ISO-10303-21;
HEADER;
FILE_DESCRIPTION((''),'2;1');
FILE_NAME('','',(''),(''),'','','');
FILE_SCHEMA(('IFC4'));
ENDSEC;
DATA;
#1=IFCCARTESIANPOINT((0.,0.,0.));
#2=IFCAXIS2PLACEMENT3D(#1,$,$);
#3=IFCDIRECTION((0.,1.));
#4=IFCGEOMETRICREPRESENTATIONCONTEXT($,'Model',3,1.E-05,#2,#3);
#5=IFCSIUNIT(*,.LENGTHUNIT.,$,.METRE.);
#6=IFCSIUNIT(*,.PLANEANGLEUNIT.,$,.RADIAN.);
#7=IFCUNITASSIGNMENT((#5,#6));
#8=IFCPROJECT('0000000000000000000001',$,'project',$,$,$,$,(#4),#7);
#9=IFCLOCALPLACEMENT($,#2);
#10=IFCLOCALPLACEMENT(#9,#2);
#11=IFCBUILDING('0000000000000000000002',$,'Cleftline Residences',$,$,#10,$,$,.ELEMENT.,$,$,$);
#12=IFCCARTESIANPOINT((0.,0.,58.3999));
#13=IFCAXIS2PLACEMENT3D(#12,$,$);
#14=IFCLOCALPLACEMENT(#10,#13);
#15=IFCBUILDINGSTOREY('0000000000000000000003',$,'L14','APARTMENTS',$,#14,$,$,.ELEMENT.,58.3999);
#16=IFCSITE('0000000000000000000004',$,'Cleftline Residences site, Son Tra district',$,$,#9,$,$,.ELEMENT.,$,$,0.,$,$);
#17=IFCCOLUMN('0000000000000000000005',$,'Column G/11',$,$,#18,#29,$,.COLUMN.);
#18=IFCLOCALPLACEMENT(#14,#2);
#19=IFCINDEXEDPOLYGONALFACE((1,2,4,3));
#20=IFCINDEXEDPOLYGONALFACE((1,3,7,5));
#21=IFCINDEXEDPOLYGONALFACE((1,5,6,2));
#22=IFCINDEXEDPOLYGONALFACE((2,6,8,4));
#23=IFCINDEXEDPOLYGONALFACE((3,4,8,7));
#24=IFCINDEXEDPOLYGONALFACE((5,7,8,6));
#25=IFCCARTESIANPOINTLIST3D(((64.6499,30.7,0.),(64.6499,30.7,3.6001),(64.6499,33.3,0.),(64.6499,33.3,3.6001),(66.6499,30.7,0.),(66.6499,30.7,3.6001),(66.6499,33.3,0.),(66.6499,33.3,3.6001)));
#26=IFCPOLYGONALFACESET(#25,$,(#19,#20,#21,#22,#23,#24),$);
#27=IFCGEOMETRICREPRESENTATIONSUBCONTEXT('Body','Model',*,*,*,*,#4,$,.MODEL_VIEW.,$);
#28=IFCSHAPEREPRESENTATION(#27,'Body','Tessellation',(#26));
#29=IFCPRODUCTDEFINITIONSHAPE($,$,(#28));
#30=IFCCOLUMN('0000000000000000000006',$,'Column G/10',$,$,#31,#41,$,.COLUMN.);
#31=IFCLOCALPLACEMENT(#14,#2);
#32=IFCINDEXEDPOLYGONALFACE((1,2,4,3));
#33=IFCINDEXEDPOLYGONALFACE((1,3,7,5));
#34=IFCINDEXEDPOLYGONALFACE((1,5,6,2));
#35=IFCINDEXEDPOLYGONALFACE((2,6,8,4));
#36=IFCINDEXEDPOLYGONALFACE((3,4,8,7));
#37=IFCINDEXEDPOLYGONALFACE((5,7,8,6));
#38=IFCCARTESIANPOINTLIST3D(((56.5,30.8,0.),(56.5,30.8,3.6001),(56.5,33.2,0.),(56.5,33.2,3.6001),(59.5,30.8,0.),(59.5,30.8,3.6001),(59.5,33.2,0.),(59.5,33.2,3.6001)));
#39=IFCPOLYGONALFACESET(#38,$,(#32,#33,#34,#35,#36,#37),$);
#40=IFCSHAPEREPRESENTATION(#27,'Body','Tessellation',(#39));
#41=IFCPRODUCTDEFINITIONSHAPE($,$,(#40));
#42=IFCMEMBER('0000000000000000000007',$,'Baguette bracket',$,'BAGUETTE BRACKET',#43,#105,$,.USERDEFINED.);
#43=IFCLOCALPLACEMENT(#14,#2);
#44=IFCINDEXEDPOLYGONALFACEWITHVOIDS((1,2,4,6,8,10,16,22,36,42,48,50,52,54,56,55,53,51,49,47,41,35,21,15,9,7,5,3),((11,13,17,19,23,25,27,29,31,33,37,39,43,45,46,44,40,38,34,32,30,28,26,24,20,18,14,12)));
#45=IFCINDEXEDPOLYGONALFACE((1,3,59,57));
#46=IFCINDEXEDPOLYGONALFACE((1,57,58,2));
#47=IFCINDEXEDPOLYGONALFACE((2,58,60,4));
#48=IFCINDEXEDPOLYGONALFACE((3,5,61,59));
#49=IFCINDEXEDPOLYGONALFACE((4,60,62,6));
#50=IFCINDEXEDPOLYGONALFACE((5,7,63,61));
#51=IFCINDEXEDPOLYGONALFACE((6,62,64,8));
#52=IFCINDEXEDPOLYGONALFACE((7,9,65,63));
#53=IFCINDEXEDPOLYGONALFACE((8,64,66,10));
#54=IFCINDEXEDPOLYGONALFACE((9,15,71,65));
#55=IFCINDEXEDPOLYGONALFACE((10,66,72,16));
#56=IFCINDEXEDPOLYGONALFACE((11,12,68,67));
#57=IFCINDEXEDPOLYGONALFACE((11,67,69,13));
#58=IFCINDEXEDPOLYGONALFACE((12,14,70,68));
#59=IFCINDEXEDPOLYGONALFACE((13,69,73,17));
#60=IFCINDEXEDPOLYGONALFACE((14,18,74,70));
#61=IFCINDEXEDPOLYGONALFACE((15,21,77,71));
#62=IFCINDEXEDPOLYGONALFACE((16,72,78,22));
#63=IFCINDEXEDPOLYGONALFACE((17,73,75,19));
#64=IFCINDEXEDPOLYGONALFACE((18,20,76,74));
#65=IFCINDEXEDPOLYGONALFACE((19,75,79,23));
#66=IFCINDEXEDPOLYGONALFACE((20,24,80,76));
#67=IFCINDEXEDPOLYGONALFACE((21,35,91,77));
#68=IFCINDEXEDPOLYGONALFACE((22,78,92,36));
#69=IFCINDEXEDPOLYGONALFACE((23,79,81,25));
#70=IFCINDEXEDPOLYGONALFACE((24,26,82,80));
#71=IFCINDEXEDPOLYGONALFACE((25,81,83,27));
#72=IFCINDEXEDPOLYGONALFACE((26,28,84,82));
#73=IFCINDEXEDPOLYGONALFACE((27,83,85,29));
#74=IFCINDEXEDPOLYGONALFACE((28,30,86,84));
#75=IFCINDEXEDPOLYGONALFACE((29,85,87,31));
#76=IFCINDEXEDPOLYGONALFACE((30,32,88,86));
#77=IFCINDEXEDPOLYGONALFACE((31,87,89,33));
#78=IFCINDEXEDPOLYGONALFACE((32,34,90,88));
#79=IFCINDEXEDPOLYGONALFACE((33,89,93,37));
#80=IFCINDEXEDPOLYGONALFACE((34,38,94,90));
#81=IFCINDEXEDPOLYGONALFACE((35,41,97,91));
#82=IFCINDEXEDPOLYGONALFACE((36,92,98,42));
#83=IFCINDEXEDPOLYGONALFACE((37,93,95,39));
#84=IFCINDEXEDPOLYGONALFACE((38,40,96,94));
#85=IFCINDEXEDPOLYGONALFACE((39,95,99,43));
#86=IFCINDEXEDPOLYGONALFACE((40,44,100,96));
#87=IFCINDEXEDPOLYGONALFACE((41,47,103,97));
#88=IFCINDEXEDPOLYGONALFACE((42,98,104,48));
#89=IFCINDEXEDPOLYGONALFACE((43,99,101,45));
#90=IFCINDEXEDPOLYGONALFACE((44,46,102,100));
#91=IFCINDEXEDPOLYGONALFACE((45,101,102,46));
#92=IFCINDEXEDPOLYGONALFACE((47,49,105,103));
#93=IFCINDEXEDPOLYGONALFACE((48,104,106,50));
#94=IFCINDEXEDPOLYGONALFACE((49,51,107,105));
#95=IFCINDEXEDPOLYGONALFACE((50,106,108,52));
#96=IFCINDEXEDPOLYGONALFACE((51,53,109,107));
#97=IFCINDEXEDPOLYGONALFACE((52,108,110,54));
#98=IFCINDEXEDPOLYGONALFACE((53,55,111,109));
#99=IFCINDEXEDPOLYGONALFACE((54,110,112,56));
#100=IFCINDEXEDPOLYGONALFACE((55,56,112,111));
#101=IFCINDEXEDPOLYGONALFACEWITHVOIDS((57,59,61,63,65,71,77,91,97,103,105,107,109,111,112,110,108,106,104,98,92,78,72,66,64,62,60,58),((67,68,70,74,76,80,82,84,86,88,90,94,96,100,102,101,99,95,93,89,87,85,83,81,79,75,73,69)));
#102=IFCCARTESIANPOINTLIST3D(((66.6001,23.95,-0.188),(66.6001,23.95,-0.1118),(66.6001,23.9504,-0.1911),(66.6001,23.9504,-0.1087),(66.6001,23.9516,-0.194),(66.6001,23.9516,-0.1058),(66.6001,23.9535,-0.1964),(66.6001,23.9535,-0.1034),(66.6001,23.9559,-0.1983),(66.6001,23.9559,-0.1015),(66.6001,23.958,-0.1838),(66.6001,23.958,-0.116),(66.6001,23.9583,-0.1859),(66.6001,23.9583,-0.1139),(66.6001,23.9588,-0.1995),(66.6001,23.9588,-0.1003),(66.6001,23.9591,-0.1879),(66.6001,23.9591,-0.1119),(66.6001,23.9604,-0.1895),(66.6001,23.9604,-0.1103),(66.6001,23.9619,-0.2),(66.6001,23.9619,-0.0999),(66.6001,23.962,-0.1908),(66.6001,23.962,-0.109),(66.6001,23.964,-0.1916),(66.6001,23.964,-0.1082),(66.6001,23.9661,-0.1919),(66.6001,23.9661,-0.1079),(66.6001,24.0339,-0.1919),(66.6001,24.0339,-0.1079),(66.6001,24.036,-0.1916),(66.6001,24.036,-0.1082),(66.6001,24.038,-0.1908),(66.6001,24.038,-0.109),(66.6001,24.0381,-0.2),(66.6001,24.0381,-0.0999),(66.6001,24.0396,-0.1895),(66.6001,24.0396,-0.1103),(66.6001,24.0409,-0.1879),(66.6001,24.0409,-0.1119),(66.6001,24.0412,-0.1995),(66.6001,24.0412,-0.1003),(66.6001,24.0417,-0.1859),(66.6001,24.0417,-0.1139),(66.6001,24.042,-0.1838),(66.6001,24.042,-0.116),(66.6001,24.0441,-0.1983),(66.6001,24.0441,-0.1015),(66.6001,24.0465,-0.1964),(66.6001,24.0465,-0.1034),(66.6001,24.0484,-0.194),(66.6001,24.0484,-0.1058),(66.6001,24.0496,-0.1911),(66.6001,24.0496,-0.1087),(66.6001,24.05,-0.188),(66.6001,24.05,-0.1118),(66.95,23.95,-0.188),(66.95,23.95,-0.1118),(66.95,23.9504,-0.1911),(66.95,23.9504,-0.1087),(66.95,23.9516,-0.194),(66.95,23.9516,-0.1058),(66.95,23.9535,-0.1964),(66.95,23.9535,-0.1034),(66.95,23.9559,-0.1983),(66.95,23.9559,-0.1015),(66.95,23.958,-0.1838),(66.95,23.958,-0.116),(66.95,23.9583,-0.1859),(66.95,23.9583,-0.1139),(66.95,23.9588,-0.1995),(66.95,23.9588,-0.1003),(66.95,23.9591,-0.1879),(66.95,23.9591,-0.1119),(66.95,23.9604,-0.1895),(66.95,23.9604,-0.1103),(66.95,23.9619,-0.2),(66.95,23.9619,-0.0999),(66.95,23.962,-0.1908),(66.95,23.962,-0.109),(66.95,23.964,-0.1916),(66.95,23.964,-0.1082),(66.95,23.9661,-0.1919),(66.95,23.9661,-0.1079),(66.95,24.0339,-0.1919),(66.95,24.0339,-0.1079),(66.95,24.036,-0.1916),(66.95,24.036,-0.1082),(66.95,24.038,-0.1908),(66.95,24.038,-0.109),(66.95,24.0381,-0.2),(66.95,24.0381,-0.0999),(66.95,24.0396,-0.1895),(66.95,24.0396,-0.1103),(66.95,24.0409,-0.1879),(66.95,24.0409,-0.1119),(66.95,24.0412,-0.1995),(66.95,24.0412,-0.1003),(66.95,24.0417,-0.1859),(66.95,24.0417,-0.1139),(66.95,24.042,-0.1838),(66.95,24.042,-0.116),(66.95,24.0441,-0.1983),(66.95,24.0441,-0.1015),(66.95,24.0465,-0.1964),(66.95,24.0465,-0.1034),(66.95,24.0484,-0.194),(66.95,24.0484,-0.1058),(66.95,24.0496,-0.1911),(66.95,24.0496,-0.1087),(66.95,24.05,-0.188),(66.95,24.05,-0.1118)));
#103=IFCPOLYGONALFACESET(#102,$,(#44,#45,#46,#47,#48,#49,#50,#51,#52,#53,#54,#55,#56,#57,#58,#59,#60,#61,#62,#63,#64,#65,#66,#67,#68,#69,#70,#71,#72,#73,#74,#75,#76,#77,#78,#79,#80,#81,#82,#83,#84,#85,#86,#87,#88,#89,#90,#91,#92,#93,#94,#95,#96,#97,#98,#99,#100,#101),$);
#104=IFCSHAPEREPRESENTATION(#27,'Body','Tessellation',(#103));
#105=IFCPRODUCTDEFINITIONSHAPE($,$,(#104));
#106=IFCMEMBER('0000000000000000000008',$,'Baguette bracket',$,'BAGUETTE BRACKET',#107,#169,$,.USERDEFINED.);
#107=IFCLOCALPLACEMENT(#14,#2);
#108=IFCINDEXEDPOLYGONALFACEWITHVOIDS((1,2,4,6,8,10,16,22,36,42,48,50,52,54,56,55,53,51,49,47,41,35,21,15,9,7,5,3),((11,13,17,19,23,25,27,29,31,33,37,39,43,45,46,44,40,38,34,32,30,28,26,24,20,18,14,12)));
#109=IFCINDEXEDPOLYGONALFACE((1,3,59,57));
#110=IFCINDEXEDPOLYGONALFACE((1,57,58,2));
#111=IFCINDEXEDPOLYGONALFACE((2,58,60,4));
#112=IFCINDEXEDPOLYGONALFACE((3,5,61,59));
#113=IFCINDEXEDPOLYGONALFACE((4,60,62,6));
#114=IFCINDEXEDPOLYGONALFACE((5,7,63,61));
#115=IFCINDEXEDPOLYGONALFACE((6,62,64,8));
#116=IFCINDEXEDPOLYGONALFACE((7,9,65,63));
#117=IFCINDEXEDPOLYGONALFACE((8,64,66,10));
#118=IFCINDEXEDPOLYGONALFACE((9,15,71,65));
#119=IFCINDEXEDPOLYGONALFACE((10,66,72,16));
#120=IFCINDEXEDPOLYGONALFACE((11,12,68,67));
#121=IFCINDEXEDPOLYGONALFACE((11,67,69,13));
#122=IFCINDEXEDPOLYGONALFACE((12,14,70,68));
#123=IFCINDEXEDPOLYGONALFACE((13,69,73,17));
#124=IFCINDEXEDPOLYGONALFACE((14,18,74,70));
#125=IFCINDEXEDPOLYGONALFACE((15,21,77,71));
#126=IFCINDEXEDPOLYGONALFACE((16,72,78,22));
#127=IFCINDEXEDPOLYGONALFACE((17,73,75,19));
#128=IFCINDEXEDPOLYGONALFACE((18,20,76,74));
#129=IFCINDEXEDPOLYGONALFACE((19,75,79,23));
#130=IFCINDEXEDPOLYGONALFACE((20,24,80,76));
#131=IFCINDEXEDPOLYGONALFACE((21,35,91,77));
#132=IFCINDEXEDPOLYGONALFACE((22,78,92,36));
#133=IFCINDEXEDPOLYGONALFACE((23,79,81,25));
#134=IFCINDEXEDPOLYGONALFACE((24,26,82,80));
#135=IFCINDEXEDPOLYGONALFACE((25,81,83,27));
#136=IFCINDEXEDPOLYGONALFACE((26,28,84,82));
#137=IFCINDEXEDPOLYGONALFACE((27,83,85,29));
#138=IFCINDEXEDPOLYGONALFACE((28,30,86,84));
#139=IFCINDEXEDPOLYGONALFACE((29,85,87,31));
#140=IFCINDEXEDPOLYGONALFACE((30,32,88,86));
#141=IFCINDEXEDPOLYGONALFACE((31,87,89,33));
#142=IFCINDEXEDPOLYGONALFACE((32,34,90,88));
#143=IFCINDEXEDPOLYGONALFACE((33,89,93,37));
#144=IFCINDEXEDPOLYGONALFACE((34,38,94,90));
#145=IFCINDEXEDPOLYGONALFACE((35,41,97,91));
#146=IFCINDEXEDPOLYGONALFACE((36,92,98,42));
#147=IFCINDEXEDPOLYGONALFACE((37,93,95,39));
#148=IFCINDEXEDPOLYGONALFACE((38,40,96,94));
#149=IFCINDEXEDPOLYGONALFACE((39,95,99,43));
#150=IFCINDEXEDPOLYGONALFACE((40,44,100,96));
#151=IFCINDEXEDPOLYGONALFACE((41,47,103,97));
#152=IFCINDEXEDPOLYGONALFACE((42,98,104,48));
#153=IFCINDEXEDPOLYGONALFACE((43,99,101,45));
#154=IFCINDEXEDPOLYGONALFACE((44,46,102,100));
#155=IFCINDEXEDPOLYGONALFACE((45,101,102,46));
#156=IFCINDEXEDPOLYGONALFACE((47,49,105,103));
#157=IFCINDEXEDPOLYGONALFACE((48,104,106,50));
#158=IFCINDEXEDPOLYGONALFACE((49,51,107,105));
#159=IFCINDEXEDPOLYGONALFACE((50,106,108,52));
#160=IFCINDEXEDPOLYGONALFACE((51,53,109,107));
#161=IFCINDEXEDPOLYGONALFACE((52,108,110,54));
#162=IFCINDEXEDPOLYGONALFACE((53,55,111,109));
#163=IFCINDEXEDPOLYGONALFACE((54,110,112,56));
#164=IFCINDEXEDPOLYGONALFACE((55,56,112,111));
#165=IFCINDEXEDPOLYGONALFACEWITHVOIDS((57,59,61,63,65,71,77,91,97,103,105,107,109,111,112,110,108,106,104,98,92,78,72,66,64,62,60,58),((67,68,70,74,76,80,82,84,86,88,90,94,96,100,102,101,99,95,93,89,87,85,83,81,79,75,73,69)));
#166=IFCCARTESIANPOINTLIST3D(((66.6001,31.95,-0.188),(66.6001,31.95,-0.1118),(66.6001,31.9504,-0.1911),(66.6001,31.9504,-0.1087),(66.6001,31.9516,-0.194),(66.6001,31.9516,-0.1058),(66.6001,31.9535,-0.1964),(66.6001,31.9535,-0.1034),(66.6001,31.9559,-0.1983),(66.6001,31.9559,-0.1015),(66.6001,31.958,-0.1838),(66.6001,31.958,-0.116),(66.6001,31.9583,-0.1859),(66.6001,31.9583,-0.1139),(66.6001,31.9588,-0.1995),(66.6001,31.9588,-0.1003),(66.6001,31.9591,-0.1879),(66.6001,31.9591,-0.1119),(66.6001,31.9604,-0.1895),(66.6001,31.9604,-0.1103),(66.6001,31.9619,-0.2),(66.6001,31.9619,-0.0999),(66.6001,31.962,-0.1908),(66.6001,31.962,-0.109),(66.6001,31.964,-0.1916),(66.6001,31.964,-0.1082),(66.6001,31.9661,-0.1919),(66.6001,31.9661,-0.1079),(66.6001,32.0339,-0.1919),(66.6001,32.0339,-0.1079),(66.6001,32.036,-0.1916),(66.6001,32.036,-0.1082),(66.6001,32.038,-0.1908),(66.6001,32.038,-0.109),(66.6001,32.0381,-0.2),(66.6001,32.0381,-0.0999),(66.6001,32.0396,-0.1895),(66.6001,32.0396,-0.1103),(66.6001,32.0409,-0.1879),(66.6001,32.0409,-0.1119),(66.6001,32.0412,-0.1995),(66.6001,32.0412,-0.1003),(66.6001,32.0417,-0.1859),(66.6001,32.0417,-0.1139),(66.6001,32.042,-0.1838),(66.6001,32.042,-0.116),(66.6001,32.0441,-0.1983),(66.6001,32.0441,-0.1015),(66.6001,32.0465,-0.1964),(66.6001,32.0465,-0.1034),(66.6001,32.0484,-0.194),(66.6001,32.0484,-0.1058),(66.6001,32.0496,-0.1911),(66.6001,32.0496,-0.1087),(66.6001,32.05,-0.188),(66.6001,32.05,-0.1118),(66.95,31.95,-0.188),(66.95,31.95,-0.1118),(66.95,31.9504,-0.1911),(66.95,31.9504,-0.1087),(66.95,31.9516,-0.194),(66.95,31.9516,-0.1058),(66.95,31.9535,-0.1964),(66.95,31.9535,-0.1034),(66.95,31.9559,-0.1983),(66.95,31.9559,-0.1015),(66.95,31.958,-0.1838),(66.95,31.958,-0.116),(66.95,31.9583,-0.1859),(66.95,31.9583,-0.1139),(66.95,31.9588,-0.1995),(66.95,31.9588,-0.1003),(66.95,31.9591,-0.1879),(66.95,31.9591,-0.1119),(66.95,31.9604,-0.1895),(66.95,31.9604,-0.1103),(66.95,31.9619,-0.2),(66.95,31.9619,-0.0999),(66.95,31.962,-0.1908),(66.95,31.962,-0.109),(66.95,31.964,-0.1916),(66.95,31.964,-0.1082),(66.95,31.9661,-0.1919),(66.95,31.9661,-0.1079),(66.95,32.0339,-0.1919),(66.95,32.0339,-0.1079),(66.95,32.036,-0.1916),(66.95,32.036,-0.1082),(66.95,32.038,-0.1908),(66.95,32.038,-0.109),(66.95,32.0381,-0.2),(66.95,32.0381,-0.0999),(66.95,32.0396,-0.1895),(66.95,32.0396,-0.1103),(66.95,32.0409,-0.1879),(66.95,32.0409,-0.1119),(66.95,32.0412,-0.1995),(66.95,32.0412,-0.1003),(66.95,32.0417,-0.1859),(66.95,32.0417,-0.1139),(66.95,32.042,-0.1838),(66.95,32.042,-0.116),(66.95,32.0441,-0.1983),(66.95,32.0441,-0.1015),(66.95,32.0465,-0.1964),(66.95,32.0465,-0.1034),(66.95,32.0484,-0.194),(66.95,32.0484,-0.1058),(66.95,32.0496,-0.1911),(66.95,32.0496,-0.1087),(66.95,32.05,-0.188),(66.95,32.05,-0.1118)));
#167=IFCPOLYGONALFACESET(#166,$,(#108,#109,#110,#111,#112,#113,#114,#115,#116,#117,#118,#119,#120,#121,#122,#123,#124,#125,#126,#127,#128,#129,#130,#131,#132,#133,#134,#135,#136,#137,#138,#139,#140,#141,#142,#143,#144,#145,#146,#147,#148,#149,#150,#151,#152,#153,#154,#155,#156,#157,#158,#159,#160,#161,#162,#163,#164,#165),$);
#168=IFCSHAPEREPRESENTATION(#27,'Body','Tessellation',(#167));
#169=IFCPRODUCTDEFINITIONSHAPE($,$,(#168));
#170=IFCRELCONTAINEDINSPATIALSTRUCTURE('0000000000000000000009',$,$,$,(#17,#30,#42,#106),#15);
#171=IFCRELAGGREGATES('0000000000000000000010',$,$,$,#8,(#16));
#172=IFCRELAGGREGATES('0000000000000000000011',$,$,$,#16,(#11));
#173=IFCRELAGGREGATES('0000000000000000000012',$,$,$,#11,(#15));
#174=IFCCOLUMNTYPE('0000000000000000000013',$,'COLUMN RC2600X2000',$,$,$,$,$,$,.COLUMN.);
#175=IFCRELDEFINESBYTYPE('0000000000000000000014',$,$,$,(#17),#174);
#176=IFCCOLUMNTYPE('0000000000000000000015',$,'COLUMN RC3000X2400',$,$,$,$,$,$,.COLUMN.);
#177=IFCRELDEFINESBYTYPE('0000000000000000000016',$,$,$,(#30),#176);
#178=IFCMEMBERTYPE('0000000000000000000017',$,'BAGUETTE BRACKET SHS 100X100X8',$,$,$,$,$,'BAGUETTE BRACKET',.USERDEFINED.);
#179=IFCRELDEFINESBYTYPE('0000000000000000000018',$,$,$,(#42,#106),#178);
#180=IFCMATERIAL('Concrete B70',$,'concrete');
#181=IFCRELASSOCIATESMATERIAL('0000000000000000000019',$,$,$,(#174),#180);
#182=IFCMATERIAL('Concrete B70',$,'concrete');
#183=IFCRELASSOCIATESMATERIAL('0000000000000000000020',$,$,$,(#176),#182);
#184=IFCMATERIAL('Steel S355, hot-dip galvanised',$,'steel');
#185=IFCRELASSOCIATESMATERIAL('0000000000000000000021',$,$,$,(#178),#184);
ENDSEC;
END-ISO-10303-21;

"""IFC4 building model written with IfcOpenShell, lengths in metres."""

from ifc_helpers import new_model, si_unit, direction, frame, origin, origin_2d, place, context, subcontext, project, spatial, rectangle, hollow_rectangle, extrude, material, material_profile, profile_set, type_object, element, save


model = new_model("IFC4")

# Units and contexts
model_context = context("Model", 3, precision=1e-05, world=origin(), true_north=direction((0.0, 1.0)))
body_context = subcontext(model_context, "Body", "Model", "MODEL_VIEW")
ifc_project = project(units=[si_unit("LENGTHUNIT", "METRE"), si_unit("PLANEANGLEUNIT", "RADIAN")], contexts=[model_context])

# Site, building, storey
site_placement = place(None, origin())
site = spatial("IfcSite", under=ifc_project, at=site_placement, Name="Cleftline Residences site, Son Tra district", CompositionType="ELEMENT", RefElevation=0.0)
building_placement = place(site_placement, origin())
building = spatial("IfcBuilding", under=site, at=building_placement, Name="Cleftline Residences", CompositionType="ELEMENT")
storey_placement = place(building_placement, frame((0.0, 0.0, 58.3999)))
storey = spatial("IfcBuildingStorey", under=building, at=storey_placement, Name="L14", Description="APARTMENTS", CompositionType="ELEMENT", Elevation=58.3999)

# Columns
ifc_material_1 = material(Name="Concrete B70", Category="concrete")
ifc_material_profile_1 = material_profile(ifc_material_1, rectangle(XDim=2.6001, YDim=2.0, at=origin_2d()))
ifc_profile_set_1 = profile_set([ifc_material_profile_1], Name="Concrete B70")
column_type_1 = type_object("IfcColumnType", Name="COLUMN RC2600X2000", PredefinedType="COLUMN", material=ifc_profile_set_1)
column_1_placement = place(storey_placement, frame((65.6499, 32.0, 0.0), z_axis=(0.0, 0.0, 1.0), x_axis=(0.0, 1.0, 0.0)))
element("IfcColumn", 1, at=column_1_placement, inside=storey, type_object=column_type_1, Name="Column G/11", PredefinedType="COLUMN", context=body_context, shape_type="SweptSolid", body=[
    extrude(rectangle(XDim=2.6001, YDim=2.0, at=origin_2d()), origin(), (0.0, 0.0, 1.0), 3.6001),
])
ifc_material_2 = material(Name="Concrete B70", Category="concrete")
ifc_material_profile_2 = material_profile(ifc_material_2, rectangle(XDim=3.0, YDim=2.3999, at=origin_2d()))
ifc_profile_set_2 = profile_set([ifc_material_profile_2], Name="Concrete B70")
column_type_2 = type_object("IfcColumnType", Name="COLUMN RC3000X2400", PredefinedType="COLUMN", material=ifc_profile_set_2)
column_2_placement = place(storey_placement, frame((58.0, 32.0, 0.0), z_axis=(0.0, 0.0, 1.0), x_axis=(1.0, 0.0, 0.0)))
element("IfcColumn", 2, at=column_2_placement, inside=storey, type_object=column_type_2, Name="Column G/10", PredefinedType="COLUMN", context=body_context, shape_type="SweptSolid", body=[
    extrude(rectangle(XDim=3.0, YDim=2.3999, at=origin_2d()), origin(), (0.0, 0.0, 1.0), 3.6001),
])

# Members
ifc_material_3 = material(Name="Steel S355, hot-dip galvanised", Category="steel")
ifc_material_profile_3 = material_profile(ifc_material_3, hollow_rectangle(XDim=0.1001, YDim=0.1001, WallThickness=0.0081, InnerFilletRadius=0.0081, OuterFilletRadius=0.012, at=origin_2d()))
ifc_profile_set_3 = profile_set([ifc_material_profile_3], Name="Steel S355, hot-dip galvanised")
member_type_1 = type_object("IfcMemberType", Name="BAGUETTE BRACKET SHS 100X100X8", ElementType="BAGUETTE BRACKET", PredefinedType="USERDEFINED", material=ifc_profile_set_3)
for number, where, z_axis, x_axis, name in (
    (3, (66.6001, 24.0, -0.1499), (1.0, 0.0, 0.0), (0.0, 1.0, 0.0), "Baguette bracket"),
    (4, (66.6001, 32.0, -0.1499), (1.0, 0.0, 0.0), (0.0, 1.0, 0.0), "Baguette bracket"),
):
    element("IfcMember", number, at=place(storey_placement, frame(where, z_axis=z_axis, x_axis=x_axis)), inside=storey, type_object=member_type_1, Name=name, ObjectType="BAGUETTE BRACKET", PredefinedType="USERDEFINED", context=body_context, shape_type="SweptSolid", body=[
        extrude(hollow_rectangle(XDim=0.1001, YDim=0.1001, WallThickness=0.0081, InnerFilletRadius=0.0081, OuterFilletRadius=0.012, at=origin_2d()), origin(), (0.0, 0.0, 1.0), 0.3499),
    ])

save(model, "model.ifc")
